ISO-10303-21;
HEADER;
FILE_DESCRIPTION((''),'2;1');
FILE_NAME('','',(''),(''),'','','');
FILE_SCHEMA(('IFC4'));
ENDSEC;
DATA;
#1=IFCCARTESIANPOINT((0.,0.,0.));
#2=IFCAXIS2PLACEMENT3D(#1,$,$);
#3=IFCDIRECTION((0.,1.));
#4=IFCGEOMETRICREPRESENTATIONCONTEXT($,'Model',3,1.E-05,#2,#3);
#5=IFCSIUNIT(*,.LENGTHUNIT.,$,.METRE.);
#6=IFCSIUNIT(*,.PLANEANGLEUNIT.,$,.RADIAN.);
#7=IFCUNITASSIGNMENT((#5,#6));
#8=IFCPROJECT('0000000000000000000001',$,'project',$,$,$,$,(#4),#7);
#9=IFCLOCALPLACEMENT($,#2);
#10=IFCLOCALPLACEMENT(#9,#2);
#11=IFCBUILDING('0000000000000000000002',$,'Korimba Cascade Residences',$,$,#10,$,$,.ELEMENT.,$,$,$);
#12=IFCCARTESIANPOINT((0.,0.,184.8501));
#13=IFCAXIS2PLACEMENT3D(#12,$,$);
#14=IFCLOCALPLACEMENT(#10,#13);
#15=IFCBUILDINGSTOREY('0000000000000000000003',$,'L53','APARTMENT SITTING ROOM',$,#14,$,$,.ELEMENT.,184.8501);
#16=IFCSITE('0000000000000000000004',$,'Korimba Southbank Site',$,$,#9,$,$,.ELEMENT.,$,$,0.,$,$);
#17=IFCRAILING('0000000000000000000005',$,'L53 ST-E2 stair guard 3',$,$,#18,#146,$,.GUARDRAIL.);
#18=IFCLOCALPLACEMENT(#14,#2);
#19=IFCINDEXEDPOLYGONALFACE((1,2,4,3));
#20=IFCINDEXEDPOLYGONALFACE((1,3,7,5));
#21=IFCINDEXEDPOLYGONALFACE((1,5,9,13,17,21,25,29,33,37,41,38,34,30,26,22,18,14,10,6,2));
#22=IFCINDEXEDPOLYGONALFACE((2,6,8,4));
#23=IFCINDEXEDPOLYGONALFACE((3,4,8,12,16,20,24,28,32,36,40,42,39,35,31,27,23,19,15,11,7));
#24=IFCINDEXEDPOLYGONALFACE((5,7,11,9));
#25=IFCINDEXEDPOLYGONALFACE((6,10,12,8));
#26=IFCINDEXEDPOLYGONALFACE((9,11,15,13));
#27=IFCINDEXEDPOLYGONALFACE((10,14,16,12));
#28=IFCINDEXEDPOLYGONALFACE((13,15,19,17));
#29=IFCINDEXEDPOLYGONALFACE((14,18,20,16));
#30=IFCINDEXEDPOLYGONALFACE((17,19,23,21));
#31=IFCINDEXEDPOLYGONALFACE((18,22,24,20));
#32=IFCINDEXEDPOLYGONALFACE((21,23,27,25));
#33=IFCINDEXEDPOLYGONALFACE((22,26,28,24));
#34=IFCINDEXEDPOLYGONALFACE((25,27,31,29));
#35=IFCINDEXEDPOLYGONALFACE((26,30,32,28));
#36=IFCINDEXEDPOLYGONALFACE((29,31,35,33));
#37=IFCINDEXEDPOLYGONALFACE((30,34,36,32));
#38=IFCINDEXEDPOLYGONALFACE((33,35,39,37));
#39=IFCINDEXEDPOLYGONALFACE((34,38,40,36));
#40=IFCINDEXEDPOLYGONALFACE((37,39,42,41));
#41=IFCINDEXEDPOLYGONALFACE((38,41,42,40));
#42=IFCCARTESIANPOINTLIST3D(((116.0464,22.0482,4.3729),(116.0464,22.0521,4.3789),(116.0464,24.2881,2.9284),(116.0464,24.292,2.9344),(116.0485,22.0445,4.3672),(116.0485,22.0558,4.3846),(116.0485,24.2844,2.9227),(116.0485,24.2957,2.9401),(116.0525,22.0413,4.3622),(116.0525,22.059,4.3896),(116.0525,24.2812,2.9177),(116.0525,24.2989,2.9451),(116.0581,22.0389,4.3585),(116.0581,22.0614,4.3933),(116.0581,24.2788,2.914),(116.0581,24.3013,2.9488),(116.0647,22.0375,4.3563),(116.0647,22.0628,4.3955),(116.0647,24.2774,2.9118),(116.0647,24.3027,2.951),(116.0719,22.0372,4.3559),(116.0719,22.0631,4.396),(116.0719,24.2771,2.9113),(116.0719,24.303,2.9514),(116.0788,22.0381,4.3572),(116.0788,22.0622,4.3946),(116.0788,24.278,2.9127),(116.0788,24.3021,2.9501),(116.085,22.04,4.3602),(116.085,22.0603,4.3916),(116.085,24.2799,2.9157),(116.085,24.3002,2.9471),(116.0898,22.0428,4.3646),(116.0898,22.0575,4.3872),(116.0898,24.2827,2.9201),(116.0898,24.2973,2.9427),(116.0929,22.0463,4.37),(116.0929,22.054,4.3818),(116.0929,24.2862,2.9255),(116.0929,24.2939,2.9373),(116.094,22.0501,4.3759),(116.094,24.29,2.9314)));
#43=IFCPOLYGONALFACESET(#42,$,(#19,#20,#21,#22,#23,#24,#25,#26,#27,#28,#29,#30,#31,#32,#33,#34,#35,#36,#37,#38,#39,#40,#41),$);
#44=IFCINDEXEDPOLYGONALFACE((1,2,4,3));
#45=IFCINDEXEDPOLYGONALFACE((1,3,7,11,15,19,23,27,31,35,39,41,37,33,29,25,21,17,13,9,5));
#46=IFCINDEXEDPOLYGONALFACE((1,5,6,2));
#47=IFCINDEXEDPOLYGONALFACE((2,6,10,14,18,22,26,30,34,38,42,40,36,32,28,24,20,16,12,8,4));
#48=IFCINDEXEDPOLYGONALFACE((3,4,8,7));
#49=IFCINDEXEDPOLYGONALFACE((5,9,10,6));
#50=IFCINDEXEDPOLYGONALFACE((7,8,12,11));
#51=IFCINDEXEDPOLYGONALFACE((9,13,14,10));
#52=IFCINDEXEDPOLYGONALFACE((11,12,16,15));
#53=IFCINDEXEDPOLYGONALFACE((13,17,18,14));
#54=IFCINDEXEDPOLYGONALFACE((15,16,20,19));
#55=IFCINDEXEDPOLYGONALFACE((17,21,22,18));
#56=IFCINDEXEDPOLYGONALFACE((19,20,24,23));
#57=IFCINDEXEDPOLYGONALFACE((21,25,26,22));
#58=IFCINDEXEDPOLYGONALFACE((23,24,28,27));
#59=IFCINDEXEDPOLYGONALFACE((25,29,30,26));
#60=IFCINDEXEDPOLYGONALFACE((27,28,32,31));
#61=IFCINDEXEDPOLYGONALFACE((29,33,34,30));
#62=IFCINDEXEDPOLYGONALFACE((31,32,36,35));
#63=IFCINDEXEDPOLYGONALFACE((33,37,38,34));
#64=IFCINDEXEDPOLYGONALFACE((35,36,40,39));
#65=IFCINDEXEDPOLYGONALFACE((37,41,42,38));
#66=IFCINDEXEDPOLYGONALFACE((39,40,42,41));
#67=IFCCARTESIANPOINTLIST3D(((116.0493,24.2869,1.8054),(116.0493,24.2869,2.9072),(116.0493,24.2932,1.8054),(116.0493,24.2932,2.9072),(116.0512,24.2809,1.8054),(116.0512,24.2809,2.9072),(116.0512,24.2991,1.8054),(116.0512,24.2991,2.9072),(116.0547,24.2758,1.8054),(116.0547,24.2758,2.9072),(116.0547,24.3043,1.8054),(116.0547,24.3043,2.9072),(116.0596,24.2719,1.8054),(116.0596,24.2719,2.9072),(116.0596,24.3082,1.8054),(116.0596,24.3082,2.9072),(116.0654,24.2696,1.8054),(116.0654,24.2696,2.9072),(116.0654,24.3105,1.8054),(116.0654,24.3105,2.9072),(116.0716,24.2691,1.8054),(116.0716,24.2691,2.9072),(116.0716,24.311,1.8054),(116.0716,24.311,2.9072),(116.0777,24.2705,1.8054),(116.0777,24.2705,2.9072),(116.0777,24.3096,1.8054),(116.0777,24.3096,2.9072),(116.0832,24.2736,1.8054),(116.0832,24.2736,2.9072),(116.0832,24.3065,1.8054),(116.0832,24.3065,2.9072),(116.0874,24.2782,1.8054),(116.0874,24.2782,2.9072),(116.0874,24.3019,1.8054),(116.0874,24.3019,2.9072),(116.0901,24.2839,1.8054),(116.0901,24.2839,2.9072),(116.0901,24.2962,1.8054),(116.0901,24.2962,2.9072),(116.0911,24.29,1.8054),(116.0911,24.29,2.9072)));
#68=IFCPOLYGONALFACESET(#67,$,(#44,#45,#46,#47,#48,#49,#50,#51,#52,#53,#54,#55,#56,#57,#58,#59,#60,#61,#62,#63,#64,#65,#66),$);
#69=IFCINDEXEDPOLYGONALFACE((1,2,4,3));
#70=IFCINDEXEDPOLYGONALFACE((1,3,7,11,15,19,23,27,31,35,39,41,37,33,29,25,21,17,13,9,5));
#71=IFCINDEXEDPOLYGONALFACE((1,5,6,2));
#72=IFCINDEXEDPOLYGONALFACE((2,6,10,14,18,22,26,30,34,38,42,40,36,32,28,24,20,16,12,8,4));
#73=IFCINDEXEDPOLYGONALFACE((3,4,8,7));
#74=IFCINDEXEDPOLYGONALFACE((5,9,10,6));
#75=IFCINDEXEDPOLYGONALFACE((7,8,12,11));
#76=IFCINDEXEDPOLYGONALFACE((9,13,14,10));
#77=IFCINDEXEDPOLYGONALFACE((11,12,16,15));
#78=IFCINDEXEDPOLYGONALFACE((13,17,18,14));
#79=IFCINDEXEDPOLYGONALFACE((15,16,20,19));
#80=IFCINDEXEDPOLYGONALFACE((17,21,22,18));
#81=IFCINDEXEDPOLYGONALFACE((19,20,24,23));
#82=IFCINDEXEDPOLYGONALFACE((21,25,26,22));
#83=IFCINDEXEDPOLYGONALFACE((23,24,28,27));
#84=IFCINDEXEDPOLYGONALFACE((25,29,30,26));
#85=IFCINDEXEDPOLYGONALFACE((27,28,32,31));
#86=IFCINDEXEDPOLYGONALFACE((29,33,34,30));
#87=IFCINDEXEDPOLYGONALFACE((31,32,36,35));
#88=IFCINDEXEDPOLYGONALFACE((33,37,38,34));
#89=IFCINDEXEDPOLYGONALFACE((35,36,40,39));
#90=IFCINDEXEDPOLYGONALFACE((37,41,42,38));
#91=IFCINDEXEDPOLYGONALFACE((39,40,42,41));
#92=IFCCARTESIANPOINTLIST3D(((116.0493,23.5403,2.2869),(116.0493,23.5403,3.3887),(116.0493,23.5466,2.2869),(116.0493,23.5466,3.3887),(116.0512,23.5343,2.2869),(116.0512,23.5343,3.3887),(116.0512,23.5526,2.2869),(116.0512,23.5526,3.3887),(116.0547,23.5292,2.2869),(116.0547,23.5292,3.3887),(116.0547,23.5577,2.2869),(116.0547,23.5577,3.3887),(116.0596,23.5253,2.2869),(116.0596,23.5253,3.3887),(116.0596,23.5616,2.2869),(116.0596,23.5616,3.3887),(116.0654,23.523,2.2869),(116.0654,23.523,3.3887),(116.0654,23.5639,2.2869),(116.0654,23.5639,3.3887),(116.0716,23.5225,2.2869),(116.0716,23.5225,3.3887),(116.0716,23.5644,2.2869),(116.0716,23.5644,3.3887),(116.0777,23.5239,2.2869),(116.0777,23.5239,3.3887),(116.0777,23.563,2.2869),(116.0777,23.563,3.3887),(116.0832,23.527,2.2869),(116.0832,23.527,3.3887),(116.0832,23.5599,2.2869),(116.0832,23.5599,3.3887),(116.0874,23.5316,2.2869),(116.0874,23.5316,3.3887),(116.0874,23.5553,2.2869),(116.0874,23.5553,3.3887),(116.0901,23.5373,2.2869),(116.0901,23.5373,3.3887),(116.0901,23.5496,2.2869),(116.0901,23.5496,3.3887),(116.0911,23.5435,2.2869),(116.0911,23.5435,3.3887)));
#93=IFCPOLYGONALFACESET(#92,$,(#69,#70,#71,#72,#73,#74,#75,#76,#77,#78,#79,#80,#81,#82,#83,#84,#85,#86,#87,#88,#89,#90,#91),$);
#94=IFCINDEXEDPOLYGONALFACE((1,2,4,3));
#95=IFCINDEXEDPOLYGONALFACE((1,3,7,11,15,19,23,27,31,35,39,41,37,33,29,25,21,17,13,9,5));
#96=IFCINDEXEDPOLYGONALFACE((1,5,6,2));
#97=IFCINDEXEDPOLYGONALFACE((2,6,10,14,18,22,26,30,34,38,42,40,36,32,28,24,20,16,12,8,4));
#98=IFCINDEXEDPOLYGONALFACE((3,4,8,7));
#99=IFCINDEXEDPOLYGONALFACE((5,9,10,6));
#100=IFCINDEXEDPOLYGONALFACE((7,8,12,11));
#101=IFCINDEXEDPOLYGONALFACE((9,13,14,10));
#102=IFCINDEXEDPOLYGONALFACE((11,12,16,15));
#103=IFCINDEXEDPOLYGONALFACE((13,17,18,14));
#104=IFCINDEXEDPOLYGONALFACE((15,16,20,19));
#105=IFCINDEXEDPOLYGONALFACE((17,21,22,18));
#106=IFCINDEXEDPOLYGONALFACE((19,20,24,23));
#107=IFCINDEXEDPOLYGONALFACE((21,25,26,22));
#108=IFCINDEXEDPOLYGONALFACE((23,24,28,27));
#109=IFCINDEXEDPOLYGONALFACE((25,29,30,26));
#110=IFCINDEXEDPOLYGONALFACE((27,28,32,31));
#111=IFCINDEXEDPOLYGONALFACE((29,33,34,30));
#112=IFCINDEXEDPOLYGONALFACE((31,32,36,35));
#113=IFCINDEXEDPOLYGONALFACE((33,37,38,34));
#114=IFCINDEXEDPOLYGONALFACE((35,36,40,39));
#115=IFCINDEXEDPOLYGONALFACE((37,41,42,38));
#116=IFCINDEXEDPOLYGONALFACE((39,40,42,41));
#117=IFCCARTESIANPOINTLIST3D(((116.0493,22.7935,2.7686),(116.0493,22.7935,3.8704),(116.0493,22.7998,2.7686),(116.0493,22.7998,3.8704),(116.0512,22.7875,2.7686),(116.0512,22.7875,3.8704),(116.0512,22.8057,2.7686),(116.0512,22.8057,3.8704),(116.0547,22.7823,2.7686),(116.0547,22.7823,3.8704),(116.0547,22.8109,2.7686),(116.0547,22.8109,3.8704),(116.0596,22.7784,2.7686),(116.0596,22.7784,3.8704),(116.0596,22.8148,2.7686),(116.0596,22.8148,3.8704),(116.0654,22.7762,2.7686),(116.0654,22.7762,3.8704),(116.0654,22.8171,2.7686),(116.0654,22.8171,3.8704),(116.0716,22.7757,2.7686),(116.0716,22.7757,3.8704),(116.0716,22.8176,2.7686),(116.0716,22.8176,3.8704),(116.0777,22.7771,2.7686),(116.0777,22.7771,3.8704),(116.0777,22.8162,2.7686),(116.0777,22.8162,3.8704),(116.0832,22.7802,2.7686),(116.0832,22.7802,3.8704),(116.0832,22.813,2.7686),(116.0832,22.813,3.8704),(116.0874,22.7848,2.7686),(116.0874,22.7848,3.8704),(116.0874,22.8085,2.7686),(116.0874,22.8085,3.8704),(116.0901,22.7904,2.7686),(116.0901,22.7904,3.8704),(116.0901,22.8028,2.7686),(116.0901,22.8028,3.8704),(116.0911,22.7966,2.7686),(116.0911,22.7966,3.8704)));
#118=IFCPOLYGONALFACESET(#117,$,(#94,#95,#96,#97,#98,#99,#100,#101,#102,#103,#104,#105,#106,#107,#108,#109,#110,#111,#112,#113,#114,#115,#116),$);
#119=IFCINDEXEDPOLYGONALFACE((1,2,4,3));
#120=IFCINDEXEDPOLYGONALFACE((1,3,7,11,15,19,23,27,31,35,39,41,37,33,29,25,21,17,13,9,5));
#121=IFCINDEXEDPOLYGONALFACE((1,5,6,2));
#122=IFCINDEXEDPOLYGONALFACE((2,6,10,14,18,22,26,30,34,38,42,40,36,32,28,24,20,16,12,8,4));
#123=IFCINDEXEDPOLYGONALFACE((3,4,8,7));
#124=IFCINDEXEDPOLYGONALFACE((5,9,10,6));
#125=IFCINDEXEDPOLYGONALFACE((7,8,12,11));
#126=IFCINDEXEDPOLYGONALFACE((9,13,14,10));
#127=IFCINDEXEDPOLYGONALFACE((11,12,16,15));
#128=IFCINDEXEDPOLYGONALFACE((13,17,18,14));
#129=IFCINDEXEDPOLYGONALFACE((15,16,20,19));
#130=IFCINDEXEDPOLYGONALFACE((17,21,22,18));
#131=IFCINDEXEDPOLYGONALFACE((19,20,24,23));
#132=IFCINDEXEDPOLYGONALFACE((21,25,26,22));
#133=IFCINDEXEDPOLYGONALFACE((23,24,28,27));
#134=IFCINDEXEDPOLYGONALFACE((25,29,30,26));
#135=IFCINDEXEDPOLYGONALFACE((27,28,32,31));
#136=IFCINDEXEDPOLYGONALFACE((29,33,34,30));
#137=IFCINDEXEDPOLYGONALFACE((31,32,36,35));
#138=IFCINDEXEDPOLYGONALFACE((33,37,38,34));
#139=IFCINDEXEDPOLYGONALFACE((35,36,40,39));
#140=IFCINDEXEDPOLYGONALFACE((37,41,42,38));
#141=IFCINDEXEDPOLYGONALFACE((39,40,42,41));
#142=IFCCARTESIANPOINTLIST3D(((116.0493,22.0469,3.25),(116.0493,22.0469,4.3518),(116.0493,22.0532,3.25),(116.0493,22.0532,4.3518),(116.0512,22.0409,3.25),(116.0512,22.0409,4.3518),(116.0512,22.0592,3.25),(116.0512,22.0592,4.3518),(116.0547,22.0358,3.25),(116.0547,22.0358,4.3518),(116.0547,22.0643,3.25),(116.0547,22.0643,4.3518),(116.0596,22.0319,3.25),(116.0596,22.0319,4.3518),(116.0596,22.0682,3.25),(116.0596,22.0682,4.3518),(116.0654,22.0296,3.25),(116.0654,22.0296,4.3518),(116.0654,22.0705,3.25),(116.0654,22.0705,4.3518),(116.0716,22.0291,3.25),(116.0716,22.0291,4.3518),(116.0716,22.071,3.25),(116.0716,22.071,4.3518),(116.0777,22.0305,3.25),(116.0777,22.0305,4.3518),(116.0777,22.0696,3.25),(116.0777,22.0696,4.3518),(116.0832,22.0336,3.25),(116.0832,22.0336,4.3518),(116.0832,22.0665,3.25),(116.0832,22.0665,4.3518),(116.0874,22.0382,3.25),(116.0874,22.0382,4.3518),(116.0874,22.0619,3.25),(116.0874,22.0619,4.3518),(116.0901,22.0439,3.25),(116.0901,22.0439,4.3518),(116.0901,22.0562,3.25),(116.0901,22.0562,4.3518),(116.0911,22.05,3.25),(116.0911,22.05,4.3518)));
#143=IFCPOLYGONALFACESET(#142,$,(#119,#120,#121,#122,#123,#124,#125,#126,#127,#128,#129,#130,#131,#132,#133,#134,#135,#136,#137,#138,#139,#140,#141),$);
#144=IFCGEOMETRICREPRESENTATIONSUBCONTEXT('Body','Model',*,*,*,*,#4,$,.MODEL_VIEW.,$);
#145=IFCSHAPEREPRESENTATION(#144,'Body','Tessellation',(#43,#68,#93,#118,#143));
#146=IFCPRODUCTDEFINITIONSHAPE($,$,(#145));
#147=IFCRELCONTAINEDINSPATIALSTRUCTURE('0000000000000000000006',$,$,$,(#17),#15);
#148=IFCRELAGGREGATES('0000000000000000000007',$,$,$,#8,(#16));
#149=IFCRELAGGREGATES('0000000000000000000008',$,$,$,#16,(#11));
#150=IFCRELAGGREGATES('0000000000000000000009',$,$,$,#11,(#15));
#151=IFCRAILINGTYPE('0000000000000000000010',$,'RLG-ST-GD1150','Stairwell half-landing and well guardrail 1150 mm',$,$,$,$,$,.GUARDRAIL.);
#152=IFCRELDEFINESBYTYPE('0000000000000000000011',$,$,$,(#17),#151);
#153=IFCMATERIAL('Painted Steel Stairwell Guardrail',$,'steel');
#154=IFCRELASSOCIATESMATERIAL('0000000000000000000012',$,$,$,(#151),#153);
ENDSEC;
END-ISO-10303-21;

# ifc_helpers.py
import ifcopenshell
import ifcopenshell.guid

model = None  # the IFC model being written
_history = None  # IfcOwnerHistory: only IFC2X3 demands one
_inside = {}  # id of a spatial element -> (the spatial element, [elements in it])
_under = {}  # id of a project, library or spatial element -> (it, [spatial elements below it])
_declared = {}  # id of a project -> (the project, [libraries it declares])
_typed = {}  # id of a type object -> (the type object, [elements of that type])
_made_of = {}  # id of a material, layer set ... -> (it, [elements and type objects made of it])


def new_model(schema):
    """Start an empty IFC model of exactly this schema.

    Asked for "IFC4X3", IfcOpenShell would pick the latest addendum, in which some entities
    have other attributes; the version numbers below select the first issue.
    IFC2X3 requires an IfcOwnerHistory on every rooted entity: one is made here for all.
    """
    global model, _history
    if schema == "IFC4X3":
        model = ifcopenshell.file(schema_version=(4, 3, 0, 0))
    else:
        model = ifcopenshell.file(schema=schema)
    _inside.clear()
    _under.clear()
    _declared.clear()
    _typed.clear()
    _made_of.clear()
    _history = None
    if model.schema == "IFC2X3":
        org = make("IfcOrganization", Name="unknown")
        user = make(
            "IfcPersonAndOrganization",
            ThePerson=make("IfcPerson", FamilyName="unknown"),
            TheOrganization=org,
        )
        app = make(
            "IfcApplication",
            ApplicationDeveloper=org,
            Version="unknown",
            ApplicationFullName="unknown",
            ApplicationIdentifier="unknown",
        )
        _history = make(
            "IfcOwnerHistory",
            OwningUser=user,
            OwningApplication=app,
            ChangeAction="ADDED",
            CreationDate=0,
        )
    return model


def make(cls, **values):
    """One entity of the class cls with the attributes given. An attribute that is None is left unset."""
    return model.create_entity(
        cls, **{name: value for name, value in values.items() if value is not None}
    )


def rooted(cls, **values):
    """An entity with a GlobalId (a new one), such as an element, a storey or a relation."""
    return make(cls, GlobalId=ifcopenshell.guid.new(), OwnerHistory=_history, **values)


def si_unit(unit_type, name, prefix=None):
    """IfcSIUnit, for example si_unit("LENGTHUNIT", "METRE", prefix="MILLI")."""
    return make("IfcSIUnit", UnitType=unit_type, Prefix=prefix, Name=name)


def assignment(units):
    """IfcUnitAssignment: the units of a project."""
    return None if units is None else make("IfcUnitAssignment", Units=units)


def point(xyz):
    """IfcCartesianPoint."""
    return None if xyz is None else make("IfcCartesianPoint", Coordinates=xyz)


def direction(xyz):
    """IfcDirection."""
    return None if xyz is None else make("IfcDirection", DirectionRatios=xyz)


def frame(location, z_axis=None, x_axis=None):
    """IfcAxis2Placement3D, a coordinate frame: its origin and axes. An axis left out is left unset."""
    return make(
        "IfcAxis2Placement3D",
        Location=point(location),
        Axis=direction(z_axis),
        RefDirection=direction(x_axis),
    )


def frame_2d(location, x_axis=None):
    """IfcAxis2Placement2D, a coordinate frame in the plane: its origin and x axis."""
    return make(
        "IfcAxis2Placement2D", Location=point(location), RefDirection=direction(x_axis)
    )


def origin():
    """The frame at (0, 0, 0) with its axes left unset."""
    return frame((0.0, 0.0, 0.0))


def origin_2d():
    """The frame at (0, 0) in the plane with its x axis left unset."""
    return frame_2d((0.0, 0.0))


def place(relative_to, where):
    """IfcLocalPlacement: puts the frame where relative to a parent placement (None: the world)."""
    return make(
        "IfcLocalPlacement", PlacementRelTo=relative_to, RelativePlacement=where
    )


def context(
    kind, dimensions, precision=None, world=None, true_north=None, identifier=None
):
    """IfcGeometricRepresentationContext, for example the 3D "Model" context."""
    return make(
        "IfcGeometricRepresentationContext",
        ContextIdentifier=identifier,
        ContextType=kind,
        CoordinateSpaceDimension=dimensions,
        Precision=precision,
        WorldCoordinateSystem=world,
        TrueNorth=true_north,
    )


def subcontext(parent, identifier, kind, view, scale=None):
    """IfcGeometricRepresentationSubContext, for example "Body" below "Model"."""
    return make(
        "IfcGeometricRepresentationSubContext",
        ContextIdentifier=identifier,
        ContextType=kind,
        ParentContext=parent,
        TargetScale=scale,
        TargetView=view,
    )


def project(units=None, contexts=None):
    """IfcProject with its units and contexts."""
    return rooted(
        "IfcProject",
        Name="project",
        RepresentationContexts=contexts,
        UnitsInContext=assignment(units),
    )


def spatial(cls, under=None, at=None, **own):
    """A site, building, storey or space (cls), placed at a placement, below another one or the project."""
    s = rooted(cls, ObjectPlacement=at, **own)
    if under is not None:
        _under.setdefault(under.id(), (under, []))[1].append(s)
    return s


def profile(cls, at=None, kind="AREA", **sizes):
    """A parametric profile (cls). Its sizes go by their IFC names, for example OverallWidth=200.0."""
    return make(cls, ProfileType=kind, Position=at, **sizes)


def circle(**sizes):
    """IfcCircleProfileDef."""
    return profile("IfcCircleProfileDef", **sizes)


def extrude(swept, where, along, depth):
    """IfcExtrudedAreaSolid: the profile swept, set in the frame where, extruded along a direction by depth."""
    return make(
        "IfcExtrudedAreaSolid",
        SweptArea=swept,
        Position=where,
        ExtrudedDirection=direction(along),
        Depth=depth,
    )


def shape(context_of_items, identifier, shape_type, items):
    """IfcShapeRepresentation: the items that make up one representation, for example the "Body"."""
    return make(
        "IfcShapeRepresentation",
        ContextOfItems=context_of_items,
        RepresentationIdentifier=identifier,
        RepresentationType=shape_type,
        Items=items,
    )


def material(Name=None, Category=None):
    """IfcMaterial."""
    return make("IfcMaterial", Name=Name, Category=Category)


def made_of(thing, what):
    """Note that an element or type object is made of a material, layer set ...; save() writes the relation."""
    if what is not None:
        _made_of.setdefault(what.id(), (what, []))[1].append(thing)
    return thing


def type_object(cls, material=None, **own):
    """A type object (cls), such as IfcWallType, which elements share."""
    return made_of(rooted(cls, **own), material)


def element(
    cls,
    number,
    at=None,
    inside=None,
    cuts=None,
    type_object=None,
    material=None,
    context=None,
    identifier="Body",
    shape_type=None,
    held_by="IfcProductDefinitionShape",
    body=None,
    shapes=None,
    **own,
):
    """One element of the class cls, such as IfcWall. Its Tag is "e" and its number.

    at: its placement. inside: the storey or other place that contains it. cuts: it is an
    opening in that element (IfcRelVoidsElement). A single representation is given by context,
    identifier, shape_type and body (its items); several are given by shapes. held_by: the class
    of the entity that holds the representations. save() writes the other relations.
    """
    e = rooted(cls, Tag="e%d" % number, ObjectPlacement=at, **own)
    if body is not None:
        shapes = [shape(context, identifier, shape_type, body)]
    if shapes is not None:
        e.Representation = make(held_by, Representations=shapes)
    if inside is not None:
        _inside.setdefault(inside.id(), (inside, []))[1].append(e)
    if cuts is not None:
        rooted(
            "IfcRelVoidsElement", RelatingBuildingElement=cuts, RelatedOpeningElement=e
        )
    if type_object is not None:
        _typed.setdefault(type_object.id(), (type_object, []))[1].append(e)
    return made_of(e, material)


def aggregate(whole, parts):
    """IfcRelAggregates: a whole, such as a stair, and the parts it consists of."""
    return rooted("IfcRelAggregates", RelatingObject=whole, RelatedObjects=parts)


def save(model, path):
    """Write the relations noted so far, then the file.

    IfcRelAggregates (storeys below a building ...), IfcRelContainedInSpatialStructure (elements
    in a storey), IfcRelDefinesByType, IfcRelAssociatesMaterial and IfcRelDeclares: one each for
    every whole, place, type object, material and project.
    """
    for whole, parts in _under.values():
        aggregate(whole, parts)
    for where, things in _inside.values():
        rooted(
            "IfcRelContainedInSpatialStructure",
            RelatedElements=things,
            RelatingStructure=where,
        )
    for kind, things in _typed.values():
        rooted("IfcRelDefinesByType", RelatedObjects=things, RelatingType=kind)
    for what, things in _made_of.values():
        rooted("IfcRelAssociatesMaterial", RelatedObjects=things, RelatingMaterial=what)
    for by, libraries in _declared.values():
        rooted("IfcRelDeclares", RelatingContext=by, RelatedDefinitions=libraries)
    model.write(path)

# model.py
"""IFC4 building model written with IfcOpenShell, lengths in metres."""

from ifc_helpers import new_model, si_unit, direction, frame, origin, origin_2d, place, context, subcontext, project, spatial, circle, extrude, material, type_object, element, save


model = new_model("IFC4")

# Units and contexts
model_context = context("Model", 3, precision=1e-05, world=origin(), true_north=direction((0.0, 1.0)))
body_context = subcontext(model_context, "Body", "Model", "MODEL_VIEW")
ifc_project = project(units=[si_unit("LENGTHUNIT", "METRE"), si_unit("PLANEANGLEUNIT", "RADIAN")], contexts=[model_context])

# Site, building, storey
site_placement = place(None, origin())
site = spatial("IfcSite", under=ifc_project, at=site_placement, Name="Korimba Southbank Site", CompositionType="ELEMENT", RefElevation=0.0)
building_placement = place(site_placement, origin())
building = spatial("IfcBuilding", under=site, at=building_placement, Name="Korimba Cascade Residences", CompositionType="ELEMENT")
storey_placement = place(building_placement, frame((0.0, 0.0, 184.8501)))
storey = spatial("IfcBuildingStorey", under=building, at=storey_placement, Name="L53", Description="APARTMENT SITTING ROOM", CompositionType="ELEMENT", Elevation=184.8501)

# Railing
ifc_material_1 = material(Name="Painted Steel Stairwell Guardrail", Category="steel")
railing_type_1 = type_object("IfcRailingType", Name="RLG-ST-GD1150", Description="Stairwell half-landing and well guardrail 1150 mm", PredefinedType="GUARDRAIL", material=ifc_material_1)
railing_1_placement = place(storey_placement, frame((116.0701, 24.29, 1.8054)))
element("IfcRailing", 1, at=railing_1_placement, inside=storey, type_object=railing_type_1, Name="L53 ST-E2 stair guard 3", PredefinedType="GUARDRAIL", context=body_context, shape_type="SweptSolid", body=[
    extrude(circle(Radius=0.0239, at=origin_2d()), frame((0.0, 0.0, 1.126), z_axis=(0.0, -0.840395, 0.541975), x_axis=(1.0, 0.0, 0.0)), (0.0, 0.0, 1.0), 2.6653),
    extrude(circle(Radius=0.021, at=origin_2d()), origin(), (0.0, 0.0, 1.0), 1.1018),
    extrude(circle(Radius=0.021, at=origin_2d()), frame((0.0, -0.7466, 0.4814)), (0.0, 0.0, 1.0), 1.1018),
    extrude(circle(Radius=0.021, at=origin_2d()), frame((0.0, -1.4934, 0.9631)), (0.0, 0.0, 1.0), 1.1018),
    extrude(circle(Radius=0.021, at=origin_2d()), frame((0.0, -2.24, 1.4446)), (0.0, 0.0, 1.0), 1.1018),
])

save(model, "model.ifc")
